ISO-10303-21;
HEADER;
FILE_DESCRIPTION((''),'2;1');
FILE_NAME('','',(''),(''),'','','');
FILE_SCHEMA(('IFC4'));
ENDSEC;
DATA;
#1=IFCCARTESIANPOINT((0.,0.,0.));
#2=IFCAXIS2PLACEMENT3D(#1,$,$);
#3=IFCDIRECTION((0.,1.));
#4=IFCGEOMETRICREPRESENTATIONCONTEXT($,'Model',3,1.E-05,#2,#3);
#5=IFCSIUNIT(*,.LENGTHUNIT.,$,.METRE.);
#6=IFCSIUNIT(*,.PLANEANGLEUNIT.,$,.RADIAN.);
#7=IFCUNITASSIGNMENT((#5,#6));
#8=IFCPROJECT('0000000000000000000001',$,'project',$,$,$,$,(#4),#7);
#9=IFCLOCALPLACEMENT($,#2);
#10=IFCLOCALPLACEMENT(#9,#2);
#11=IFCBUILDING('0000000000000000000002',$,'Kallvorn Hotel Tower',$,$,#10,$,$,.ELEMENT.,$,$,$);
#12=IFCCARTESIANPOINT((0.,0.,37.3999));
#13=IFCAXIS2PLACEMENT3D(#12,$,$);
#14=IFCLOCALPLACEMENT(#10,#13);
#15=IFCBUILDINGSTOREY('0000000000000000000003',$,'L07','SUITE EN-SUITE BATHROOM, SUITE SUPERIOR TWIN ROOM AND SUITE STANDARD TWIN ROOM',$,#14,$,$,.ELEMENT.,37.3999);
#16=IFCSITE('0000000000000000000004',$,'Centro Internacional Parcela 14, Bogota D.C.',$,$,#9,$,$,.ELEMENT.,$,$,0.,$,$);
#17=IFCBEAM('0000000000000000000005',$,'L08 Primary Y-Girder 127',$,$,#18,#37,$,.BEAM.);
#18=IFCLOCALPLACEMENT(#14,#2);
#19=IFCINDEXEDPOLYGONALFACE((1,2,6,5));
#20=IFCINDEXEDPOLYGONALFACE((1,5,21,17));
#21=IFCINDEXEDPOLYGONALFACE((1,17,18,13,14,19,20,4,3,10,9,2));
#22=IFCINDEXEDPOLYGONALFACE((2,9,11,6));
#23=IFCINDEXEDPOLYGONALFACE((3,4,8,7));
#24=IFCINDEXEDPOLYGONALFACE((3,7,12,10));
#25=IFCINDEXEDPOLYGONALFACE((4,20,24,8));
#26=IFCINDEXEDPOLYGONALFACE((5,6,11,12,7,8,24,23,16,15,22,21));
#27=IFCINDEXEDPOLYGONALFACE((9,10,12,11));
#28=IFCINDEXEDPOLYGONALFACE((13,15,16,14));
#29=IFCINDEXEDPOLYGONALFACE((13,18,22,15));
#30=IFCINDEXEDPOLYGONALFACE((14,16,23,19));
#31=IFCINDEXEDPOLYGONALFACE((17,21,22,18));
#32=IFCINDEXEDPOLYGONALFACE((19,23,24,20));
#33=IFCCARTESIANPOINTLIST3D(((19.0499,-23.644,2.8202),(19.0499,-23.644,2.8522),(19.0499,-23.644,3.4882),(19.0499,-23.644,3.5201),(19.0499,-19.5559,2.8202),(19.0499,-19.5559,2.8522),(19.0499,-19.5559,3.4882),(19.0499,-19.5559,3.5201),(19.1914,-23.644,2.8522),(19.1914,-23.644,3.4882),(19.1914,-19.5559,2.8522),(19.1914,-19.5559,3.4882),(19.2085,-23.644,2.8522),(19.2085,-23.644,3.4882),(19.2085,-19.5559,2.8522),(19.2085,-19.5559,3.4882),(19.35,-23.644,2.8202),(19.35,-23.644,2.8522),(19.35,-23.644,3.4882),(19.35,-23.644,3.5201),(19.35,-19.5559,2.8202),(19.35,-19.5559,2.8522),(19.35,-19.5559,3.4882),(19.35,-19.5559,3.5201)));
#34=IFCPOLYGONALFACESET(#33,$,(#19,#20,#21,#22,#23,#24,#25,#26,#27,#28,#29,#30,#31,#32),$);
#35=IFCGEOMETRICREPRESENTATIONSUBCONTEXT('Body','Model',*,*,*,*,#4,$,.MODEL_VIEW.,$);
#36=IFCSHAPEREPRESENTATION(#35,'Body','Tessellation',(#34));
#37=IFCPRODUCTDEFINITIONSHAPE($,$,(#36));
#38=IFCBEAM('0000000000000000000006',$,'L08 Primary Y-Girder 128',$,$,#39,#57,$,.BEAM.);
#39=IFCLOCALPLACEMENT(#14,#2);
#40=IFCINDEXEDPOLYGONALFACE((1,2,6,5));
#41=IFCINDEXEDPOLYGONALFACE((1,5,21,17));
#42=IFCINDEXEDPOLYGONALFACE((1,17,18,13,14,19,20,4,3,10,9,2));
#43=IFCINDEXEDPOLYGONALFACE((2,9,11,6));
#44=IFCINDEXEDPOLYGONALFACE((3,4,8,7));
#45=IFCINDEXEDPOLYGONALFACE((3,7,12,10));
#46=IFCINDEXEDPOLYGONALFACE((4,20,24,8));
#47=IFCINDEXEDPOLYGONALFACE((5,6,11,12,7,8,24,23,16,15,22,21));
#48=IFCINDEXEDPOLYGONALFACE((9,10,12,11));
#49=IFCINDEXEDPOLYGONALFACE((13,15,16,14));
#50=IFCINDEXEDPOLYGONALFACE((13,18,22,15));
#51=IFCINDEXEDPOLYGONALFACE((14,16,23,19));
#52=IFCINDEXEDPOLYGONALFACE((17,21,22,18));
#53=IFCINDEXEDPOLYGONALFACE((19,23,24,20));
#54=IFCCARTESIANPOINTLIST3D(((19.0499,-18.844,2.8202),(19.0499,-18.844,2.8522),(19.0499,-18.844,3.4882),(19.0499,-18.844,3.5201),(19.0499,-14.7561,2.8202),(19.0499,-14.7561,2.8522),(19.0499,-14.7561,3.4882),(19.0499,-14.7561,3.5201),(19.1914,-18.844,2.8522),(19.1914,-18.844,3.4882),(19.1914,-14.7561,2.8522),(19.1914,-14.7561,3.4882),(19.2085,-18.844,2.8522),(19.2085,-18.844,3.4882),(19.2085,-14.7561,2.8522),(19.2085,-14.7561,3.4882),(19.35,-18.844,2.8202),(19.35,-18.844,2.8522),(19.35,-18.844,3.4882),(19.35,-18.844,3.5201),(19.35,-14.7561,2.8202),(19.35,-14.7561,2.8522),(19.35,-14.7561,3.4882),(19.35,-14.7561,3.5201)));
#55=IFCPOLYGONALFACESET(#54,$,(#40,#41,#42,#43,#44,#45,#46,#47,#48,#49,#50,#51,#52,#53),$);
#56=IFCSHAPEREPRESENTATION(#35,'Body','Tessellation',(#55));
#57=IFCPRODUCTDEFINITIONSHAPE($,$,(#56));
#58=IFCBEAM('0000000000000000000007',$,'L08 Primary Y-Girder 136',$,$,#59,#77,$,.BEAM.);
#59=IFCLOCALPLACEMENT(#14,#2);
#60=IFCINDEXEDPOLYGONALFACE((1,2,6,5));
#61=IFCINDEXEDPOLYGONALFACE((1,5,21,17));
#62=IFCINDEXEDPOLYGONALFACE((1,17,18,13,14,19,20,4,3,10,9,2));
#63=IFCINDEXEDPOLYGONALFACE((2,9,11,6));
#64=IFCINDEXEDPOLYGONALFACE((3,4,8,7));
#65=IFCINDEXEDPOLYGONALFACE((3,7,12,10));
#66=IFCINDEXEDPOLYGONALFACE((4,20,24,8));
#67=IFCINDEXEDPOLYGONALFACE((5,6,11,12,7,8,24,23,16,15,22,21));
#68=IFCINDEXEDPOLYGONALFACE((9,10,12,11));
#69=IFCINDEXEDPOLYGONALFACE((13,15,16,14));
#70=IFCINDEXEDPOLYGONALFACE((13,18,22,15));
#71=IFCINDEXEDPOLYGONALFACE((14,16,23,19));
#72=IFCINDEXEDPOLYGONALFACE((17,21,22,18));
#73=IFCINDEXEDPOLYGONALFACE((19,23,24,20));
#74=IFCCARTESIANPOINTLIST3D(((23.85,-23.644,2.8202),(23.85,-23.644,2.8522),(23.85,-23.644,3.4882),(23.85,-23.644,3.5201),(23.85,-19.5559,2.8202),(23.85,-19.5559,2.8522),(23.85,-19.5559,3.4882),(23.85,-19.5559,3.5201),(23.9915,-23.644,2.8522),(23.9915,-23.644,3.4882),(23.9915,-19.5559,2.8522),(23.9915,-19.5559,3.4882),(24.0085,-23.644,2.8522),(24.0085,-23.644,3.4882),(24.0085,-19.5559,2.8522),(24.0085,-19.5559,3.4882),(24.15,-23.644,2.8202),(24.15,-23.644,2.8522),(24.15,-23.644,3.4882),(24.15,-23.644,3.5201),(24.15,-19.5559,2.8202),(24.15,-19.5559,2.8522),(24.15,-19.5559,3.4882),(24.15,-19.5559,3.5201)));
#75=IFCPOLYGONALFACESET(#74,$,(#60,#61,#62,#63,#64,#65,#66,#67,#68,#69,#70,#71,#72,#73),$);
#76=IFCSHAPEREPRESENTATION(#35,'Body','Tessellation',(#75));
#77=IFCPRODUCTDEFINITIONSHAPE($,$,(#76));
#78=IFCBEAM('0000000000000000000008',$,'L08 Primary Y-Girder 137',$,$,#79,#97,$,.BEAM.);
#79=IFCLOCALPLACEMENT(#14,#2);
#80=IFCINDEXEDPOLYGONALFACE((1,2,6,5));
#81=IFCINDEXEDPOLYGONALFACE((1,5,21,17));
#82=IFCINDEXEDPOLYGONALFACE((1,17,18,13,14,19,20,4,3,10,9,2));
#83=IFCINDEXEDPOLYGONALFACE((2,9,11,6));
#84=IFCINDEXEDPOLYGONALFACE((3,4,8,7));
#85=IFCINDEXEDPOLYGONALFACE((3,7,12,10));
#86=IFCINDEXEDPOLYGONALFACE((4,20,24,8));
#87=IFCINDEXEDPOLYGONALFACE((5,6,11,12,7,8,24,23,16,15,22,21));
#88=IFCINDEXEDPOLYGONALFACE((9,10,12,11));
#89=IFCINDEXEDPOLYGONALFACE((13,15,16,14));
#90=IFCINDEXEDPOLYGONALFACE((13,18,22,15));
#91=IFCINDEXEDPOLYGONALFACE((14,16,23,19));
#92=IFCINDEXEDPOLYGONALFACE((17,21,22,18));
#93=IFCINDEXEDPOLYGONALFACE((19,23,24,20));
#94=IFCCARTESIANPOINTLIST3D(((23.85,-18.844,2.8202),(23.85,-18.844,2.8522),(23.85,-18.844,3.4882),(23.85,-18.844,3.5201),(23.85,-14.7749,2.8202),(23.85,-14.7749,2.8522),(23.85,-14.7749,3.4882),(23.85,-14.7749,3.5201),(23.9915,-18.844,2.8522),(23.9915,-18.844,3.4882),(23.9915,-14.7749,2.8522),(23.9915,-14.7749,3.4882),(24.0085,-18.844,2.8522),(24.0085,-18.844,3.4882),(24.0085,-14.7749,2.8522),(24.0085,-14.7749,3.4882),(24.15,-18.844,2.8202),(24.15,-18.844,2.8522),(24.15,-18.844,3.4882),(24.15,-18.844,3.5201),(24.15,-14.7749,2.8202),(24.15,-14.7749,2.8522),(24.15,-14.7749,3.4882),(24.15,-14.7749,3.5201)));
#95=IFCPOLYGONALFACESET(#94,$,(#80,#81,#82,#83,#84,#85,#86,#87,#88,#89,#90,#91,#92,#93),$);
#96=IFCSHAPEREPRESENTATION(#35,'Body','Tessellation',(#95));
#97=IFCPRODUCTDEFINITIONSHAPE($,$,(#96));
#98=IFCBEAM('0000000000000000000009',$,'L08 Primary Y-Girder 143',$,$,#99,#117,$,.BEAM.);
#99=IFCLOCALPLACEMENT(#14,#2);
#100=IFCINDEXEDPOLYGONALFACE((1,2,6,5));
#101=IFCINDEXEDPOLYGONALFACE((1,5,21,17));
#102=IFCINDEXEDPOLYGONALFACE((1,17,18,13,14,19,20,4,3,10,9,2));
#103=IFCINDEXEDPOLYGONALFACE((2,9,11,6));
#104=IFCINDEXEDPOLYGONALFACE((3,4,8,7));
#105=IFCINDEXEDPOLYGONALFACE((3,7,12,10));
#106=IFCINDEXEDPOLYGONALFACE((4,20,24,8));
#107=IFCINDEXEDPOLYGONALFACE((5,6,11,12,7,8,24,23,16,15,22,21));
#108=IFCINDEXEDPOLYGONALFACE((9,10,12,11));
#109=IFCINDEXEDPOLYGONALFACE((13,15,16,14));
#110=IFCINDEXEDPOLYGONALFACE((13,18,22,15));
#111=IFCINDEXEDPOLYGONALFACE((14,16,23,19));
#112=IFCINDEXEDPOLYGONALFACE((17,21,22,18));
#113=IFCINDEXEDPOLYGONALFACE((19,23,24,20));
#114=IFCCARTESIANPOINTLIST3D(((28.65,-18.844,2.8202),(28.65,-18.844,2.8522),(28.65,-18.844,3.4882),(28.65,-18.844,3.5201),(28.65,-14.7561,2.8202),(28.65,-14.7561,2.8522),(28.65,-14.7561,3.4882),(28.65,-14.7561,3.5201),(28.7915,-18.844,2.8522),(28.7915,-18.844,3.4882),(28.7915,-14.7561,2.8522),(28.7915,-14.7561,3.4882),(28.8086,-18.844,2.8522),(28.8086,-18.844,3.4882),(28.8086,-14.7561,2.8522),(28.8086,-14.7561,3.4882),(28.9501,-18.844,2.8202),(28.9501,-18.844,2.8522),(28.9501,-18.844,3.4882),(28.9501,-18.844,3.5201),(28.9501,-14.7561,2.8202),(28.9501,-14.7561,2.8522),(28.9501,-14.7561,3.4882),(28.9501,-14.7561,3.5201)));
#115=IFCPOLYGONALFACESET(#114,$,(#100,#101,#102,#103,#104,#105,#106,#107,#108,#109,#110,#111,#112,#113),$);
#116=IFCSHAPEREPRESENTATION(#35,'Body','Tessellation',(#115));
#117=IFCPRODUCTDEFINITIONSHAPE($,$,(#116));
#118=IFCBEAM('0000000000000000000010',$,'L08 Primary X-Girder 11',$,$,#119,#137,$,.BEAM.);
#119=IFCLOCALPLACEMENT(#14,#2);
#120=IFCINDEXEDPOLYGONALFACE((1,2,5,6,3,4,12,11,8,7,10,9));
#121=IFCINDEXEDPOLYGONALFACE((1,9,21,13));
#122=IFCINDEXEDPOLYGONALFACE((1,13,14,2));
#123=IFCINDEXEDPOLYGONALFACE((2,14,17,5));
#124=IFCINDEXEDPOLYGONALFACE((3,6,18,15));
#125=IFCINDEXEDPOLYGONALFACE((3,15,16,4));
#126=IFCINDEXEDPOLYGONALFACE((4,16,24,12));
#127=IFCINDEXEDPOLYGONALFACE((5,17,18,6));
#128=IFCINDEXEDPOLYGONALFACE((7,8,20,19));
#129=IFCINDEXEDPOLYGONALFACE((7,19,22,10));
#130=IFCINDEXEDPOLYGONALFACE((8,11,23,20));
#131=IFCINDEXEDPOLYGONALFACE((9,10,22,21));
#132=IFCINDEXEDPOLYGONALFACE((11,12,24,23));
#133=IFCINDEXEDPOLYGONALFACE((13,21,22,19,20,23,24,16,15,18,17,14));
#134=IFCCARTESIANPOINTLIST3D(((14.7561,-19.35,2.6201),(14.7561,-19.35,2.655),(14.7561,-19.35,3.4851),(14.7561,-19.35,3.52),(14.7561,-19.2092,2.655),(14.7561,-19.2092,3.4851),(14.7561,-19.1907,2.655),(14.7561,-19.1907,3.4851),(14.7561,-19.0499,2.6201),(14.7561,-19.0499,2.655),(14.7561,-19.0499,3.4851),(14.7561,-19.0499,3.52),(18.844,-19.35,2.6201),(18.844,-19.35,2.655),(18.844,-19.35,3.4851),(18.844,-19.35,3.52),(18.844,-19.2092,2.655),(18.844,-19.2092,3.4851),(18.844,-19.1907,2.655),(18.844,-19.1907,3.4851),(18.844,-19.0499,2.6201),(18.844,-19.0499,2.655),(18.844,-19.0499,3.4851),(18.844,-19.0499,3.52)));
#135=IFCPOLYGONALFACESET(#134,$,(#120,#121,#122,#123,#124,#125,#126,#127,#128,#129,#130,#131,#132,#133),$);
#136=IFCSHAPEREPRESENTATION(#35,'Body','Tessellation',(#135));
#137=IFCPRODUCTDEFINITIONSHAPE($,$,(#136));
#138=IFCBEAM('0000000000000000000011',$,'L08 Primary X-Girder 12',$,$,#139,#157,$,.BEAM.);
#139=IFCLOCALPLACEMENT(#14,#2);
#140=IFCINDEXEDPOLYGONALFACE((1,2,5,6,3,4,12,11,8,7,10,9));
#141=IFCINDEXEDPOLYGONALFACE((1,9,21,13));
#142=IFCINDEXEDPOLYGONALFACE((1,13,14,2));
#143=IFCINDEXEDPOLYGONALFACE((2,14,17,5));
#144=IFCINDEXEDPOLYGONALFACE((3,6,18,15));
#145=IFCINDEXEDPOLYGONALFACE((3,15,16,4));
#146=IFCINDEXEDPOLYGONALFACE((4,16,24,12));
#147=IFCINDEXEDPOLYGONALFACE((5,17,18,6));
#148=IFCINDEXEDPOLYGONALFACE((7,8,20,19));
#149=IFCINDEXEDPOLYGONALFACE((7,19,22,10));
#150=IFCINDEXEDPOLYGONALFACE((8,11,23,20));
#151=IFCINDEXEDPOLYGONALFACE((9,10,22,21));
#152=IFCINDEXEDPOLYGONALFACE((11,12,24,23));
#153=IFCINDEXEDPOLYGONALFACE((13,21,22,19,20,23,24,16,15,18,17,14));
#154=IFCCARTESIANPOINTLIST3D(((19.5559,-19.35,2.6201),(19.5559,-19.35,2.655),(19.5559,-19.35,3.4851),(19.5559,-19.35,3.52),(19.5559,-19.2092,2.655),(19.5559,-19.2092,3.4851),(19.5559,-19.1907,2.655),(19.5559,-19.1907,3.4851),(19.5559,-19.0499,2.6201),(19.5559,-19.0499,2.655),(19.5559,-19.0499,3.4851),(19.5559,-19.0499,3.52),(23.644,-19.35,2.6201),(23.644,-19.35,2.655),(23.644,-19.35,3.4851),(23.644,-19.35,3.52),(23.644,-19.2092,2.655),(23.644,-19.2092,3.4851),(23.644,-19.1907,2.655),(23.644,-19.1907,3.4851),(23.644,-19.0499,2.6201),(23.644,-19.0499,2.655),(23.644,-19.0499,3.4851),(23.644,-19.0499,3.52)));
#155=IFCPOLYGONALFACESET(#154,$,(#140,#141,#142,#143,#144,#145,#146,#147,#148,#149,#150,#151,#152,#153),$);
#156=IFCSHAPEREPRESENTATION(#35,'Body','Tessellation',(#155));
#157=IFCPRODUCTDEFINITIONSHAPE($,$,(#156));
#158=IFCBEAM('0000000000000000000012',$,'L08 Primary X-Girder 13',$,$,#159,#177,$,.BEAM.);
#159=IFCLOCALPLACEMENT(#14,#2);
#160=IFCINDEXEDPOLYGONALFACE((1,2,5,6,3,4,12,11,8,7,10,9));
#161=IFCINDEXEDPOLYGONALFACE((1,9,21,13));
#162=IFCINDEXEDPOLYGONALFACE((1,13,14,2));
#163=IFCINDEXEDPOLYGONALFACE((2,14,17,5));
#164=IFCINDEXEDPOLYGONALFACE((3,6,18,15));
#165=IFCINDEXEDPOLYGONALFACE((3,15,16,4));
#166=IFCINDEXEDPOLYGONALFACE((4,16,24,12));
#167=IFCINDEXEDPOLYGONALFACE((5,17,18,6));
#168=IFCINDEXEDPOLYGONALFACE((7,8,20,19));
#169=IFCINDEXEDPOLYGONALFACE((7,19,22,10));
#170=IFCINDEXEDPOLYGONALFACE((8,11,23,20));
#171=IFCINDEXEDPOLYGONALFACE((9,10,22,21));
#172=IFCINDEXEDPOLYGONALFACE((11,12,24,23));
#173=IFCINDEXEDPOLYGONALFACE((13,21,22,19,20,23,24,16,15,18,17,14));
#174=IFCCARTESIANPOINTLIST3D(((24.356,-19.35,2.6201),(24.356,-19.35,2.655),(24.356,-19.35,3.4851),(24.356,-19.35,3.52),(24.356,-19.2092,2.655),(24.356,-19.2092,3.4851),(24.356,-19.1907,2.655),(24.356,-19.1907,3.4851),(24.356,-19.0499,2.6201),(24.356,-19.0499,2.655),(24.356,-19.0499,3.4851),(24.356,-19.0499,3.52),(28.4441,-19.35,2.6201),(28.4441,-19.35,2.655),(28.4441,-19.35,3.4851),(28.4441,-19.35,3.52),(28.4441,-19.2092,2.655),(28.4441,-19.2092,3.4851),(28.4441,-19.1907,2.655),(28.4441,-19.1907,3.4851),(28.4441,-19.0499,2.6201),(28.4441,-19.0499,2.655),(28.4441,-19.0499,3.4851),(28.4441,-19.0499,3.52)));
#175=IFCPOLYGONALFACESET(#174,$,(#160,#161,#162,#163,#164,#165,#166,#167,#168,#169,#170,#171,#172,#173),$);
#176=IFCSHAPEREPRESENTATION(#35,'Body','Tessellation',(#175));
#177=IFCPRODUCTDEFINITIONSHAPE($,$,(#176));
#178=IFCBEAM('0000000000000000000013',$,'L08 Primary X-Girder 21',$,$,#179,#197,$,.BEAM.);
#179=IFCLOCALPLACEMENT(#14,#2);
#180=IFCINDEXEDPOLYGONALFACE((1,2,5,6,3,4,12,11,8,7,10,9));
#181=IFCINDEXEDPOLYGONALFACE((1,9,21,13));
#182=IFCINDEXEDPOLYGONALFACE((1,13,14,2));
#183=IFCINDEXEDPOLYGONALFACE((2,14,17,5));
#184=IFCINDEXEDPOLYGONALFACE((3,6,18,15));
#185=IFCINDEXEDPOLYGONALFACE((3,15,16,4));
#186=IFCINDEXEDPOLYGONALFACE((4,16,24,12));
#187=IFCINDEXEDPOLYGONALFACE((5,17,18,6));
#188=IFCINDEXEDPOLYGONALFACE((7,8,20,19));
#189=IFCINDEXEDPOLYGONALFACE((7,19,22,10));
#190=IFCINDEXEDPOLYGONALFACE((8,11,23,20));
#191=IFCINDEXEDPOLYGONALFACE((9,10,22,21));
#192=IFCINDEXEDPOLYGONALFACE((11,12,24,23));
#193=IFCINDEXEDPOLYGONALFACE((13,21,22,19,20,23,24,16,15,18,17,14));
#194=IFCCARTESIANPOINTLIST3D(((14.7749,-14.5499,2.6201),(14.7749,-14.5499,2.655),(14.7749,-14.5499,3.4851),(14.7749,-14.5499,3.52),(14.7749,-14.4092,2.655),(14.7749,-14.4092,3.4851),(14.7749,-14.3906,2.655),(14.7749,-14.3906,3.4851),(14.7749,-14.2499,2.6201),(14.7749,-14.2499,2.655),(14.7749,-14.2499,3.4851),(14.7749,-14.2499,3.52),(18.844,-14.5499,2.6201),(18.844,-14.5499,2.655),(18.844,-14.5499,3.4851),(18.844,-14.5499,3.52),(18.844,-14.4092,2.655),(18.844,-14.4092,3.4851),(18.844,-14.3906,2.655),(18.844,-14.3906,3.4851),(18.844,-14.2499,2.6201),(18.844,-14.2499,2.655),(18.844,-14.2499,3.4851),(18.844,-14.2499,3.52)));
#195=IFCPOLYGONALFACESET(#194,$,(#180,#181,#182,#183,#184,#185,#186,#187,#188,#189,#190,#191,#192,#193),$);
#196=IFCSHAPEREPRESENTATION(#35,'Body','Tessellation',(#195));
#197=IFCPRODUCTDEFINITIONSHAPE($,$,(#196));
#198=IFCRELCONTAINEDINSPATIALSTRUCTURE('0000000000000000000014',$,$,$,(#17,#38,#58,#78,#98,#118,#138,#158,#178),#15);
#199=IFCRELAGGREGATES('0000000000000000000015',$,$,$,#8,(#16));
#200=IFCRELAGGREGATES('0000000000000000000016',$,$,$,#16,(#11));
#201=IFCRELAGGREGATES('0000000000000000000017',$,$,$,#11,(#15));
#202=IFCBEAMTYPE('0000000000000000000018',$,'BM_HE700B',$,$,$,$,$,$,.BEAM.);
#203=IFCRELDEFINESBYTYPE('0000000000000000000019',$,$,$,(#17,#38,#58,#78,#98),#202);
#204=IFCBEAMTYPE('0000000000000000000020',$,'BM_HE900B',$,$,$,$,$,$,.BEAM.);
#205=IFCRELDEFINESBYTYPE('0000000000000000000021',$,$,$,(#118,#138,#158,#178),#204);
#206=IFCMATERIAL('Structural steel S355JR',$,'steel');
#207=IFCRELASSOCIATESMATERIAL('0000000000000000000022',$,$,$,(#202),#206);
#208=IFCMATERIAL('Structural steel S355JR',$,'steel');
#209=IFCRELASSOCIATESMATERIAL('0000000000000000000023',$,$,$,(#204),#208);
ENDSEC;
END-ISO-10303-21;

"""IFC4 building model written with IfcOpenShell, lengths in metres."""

from ifc_helpers import new_model, si_unit, direction, frame, origin, origin_2d, place, context, subcontext, project, spatial, i_section, extrude, material, material_profile, profile_set, type_object, element, save


model = new_model("IFC4")

# Units and contexts
model_context = context("Model", 3, precision=1e-05, world=origin(), true_north=direction((0.0, 1.0)))
body_context = subcontext(model_context, "Body", "Model", "MODEL_VIEW")
ifc_project = project(units=[si_unit("LENGTHUNIT", "METRE"), si_unit("PLANEANGLEUNIT", "RADIAN")], contexts=[model_context])

# Site, building, storey
site_placement = place(None, origin())
site = spatial("IfcSite", under=ifc_project, at=site_placement, Name="Centro Internacional Parcela 14, Bogota D.C.", CompositionType="ELEMENT", RefElevation=0.0)
building_placement = place(site_placement, origin())
building = spatial("IfcBuilding", under=site, at=building_placement, Name="Kallvorn Hotel Tower", CompositionType="ELEMENT")
storey_placement = place(building_placement, frame((0.0, 0.0, 37.3999)))
storey = spatial("IfcBuildingStorey", under=building, at=storey_placement, Name="L07", Description="SUITE EN-SUITE BATHROOM, SUITE SUPERIOR TWIN ROOM AND SUITE STANDARD TWIN ROOM", CompositionType="ELEMENT", Elevation=37.3999)

# Beams
ifc_material_1 = material(Name="Structural steel S355JR", Category="steel")
ifc_material_profile_1 = material_profile(ifc_material_1, i_section(OverallWidth=0.3, OverallDepth=0.7, WebThickness=0.0171, FlangeThickness=0.032, at=origin_2d()), Name="HE 700 B")
ifc_profile_set_1 = profile_set([ifc_material_profile_1], Name="Structural steel S355JR")
beam_type_1 = type_object("IfcBeamType", Name="BM_HE700B", PredefinedType="BEAM", material=ifc_profile_set_1)
beam_1_placement = place(storey_placement, frame((19.2, -23.644, 3.1702), z_axis=(0.0, 1.0, 0.0), x_axis=(-1.0, 0.0, 0.0)))
element("IfcBeam", 1, at=beam_1_placement, inside=storey, type_object=beam_type_1, Name="L08 Primary Y-Girder 127", PredefinedType="BEAM", context=body_context, shape_type="SweptSolid", body=[
    extrude(i_section(OverallWidth=0.3, OverallDepth=0.7, WebThickness=0.0171, FlangeThickness=0.032, at=origin_2d()), origin(), (0.0, 0.0, 1.0), 4.0881),
])
beam_2_placement = place(storey_placement, frame((19.2, -18.844, 3.1702), z_axis=(0.0, 1.0, 0.0), x_axis=(-1.0, 0.0, 0.0)))
element("IfcBeam", 2, at=beam_2_placement, inside=storey, type_object=beam_type_1, Name="L08 Primary Y-Girder 128", PredefinedType="BEAM", context=body_context, shape_type="SweptSolid", body=[
    extrude(i_section(OverallWidth=0.3, OverallDepth=0.7, WebThickness=0.0171, FlangeThickness=0.032, at=origin_2d()), origin(), (0.0, 0.0, 1.0), 4.0879),
])
beam_3_placement = place(storey_placement, frame((24.0, -23.644, 3.1702), z_axis=(0.0, 1.0, 0.0), x_axis=(-1.0, 0.0, 0.0)))
element("IfcBeam", 3, at=beam_3_placement, inside=storey, type_object=beam_type_1, Name="L08 Primary Y-Girder 136", PredefinedType="BEAM", context=body_context, shape_type="SweptSolid", body=[
    extrude(i_section(OverallWidth=0.3, OverallDepth=0.7, WebThickness=0.0171, FlangeThickness=0.032, at=origin_2d()), origin(), (0.0, 0.0, 1.0), 4.0881),
])
beam_4_placement = place(storey_placement, frame((24.0, -18.844, 3.1702), z_axis=(0.0, 1.0, 0.0), x_axis=(-1.0, 0.0, 0.0)))
element("IfcBeam", 4, at=beam_4_placement, inside=storey, type_object=beam_type_1, Name="L08 Primary Y-Girder 137", PredefinedType="BEAM", context=body_context, shape_type="SweptSolid", body=[
    extrude(i_section(OverallWidth=0.3, OverallDepth=0.7, WebThickness=0.0171, FlangeThickness=0.032, at=origin_2d()), origin(), (0.0, 0.0, 1.0), 4.0691),
])
beam_5_placement = place(storey_placement, frame((28.8, -18.844, 3.1702), z_axis=(0.0, 1.0, 0.0), x_axis=(-1.0, 0.0, 0.0)))
element("IfcBeam", 5, at=beam_5_placement, inside=storey, type_object=beam_type_1, Name="L08 Primary Y-Girder 143", PredefinedType="BEAM", context=body_context, shape_type="SweptSolid", body=[
    extrude(i_section(OverallWidth=0.3, OverallDepth=0.7, WebThickness=0.0171, FlangeThickness=0.032, at=origin_2d()), origin(), (0.0, 0.0, 1.0), 4.0879),
])
ifc_material_2 = material(Name="Structural steel S355JR", Category="steel")
ifc_material_profile_2 = material_profile(ifc_material_2, i_section(OverallWidth=0.3, OverallDepth=0.8999, WebThickness=0.0186, FlangeThickness=0.0349, at=origin_2d()), Name="HE 900 B")
ifc_profile_set_2 = profile_set([ifc_material_profile_2], Name="Structural steel S355JR")
beam_type_2 = type_object("IfcBeamType", Name="BM_HE900B", PredefinedType="BEAM", material=ifc_profile_set_2)
beam_6_placement = place(storey_placement, frame((14.7561, -19.2, 3.0701), z_axis=(1.0, 0.0, 0.0), x_axis=(0.0, 1.0, 0.0)))
element("IfcBeam", 6, at=beam_6_placement, inside=storey, type_object=beam_type_2, Name="L08 Primary X-Girder 11", PredefinedType="BEAM", context=body_context, shape_type="SweptSolid", body=[
    extrude(i_section(OverallWidth=0.3, OverallDepth=0.8999, WebThickness=0.0186, FlangeThickness=0.0349, at=origin_2d()), origin(), (0.0, 0.0, 1.0), 4.0879),
])
for number, where, z_axis, x_axis, name in (
    (7, (19.5559, -19.2, 3.0701), (1.0, 0.0, 0.0), (0.0, 1.0, 0.0), "L08 Primary X-Girder 12"),
    (8, (24.356, -19.2, 3.0701), (1.0, 0.0, 0.0), (0.0, 1.0, 0.0), "L08 Primary X-Girder 13"),
):
    element("IfcBeam", number, at=place(storey_placement, frame(where, z_axis=z_axis, x_axis=x_axis)), inside=storey, type_object=beam_type_2, Name=name, PredefinedType="BEAM", context=body_context, shape_type="SweptSolid", body=[
        extrude(i_section(OverallWidth=0.3, OverallDepth=0.8999, WebThickness=0.0186, FlangeThickness=0.0349, at=origin_2d()), origin(), (0.0, 0.0, 1.0), 4.0881),
    ])
beam_7_placement = place(storey_placement, frame((14.7749, -14.3999, 3.0701), z_axis=(1.0, 0.0, 0.0), x_axis=(0.0, 1.0, 0.0)))
element("IfcBeam", 9, at=beam_7_placement, inside=storey, type_object=beam_type_2, Name="L08 Primary X-Girder 21", PredefinedType="BEAM", context=body_context, shape_type="SweptSolid", body=[
    extrude(i_section(OverallWidth=0.3, OverallDepth=0.8999, WebThickness=0.0186, FlangeThickness=0.0349, at=origin_2d()), origin(), (0.0, 0.0, 1.0), 4.0691),
])

save(model, "model.ifc")
